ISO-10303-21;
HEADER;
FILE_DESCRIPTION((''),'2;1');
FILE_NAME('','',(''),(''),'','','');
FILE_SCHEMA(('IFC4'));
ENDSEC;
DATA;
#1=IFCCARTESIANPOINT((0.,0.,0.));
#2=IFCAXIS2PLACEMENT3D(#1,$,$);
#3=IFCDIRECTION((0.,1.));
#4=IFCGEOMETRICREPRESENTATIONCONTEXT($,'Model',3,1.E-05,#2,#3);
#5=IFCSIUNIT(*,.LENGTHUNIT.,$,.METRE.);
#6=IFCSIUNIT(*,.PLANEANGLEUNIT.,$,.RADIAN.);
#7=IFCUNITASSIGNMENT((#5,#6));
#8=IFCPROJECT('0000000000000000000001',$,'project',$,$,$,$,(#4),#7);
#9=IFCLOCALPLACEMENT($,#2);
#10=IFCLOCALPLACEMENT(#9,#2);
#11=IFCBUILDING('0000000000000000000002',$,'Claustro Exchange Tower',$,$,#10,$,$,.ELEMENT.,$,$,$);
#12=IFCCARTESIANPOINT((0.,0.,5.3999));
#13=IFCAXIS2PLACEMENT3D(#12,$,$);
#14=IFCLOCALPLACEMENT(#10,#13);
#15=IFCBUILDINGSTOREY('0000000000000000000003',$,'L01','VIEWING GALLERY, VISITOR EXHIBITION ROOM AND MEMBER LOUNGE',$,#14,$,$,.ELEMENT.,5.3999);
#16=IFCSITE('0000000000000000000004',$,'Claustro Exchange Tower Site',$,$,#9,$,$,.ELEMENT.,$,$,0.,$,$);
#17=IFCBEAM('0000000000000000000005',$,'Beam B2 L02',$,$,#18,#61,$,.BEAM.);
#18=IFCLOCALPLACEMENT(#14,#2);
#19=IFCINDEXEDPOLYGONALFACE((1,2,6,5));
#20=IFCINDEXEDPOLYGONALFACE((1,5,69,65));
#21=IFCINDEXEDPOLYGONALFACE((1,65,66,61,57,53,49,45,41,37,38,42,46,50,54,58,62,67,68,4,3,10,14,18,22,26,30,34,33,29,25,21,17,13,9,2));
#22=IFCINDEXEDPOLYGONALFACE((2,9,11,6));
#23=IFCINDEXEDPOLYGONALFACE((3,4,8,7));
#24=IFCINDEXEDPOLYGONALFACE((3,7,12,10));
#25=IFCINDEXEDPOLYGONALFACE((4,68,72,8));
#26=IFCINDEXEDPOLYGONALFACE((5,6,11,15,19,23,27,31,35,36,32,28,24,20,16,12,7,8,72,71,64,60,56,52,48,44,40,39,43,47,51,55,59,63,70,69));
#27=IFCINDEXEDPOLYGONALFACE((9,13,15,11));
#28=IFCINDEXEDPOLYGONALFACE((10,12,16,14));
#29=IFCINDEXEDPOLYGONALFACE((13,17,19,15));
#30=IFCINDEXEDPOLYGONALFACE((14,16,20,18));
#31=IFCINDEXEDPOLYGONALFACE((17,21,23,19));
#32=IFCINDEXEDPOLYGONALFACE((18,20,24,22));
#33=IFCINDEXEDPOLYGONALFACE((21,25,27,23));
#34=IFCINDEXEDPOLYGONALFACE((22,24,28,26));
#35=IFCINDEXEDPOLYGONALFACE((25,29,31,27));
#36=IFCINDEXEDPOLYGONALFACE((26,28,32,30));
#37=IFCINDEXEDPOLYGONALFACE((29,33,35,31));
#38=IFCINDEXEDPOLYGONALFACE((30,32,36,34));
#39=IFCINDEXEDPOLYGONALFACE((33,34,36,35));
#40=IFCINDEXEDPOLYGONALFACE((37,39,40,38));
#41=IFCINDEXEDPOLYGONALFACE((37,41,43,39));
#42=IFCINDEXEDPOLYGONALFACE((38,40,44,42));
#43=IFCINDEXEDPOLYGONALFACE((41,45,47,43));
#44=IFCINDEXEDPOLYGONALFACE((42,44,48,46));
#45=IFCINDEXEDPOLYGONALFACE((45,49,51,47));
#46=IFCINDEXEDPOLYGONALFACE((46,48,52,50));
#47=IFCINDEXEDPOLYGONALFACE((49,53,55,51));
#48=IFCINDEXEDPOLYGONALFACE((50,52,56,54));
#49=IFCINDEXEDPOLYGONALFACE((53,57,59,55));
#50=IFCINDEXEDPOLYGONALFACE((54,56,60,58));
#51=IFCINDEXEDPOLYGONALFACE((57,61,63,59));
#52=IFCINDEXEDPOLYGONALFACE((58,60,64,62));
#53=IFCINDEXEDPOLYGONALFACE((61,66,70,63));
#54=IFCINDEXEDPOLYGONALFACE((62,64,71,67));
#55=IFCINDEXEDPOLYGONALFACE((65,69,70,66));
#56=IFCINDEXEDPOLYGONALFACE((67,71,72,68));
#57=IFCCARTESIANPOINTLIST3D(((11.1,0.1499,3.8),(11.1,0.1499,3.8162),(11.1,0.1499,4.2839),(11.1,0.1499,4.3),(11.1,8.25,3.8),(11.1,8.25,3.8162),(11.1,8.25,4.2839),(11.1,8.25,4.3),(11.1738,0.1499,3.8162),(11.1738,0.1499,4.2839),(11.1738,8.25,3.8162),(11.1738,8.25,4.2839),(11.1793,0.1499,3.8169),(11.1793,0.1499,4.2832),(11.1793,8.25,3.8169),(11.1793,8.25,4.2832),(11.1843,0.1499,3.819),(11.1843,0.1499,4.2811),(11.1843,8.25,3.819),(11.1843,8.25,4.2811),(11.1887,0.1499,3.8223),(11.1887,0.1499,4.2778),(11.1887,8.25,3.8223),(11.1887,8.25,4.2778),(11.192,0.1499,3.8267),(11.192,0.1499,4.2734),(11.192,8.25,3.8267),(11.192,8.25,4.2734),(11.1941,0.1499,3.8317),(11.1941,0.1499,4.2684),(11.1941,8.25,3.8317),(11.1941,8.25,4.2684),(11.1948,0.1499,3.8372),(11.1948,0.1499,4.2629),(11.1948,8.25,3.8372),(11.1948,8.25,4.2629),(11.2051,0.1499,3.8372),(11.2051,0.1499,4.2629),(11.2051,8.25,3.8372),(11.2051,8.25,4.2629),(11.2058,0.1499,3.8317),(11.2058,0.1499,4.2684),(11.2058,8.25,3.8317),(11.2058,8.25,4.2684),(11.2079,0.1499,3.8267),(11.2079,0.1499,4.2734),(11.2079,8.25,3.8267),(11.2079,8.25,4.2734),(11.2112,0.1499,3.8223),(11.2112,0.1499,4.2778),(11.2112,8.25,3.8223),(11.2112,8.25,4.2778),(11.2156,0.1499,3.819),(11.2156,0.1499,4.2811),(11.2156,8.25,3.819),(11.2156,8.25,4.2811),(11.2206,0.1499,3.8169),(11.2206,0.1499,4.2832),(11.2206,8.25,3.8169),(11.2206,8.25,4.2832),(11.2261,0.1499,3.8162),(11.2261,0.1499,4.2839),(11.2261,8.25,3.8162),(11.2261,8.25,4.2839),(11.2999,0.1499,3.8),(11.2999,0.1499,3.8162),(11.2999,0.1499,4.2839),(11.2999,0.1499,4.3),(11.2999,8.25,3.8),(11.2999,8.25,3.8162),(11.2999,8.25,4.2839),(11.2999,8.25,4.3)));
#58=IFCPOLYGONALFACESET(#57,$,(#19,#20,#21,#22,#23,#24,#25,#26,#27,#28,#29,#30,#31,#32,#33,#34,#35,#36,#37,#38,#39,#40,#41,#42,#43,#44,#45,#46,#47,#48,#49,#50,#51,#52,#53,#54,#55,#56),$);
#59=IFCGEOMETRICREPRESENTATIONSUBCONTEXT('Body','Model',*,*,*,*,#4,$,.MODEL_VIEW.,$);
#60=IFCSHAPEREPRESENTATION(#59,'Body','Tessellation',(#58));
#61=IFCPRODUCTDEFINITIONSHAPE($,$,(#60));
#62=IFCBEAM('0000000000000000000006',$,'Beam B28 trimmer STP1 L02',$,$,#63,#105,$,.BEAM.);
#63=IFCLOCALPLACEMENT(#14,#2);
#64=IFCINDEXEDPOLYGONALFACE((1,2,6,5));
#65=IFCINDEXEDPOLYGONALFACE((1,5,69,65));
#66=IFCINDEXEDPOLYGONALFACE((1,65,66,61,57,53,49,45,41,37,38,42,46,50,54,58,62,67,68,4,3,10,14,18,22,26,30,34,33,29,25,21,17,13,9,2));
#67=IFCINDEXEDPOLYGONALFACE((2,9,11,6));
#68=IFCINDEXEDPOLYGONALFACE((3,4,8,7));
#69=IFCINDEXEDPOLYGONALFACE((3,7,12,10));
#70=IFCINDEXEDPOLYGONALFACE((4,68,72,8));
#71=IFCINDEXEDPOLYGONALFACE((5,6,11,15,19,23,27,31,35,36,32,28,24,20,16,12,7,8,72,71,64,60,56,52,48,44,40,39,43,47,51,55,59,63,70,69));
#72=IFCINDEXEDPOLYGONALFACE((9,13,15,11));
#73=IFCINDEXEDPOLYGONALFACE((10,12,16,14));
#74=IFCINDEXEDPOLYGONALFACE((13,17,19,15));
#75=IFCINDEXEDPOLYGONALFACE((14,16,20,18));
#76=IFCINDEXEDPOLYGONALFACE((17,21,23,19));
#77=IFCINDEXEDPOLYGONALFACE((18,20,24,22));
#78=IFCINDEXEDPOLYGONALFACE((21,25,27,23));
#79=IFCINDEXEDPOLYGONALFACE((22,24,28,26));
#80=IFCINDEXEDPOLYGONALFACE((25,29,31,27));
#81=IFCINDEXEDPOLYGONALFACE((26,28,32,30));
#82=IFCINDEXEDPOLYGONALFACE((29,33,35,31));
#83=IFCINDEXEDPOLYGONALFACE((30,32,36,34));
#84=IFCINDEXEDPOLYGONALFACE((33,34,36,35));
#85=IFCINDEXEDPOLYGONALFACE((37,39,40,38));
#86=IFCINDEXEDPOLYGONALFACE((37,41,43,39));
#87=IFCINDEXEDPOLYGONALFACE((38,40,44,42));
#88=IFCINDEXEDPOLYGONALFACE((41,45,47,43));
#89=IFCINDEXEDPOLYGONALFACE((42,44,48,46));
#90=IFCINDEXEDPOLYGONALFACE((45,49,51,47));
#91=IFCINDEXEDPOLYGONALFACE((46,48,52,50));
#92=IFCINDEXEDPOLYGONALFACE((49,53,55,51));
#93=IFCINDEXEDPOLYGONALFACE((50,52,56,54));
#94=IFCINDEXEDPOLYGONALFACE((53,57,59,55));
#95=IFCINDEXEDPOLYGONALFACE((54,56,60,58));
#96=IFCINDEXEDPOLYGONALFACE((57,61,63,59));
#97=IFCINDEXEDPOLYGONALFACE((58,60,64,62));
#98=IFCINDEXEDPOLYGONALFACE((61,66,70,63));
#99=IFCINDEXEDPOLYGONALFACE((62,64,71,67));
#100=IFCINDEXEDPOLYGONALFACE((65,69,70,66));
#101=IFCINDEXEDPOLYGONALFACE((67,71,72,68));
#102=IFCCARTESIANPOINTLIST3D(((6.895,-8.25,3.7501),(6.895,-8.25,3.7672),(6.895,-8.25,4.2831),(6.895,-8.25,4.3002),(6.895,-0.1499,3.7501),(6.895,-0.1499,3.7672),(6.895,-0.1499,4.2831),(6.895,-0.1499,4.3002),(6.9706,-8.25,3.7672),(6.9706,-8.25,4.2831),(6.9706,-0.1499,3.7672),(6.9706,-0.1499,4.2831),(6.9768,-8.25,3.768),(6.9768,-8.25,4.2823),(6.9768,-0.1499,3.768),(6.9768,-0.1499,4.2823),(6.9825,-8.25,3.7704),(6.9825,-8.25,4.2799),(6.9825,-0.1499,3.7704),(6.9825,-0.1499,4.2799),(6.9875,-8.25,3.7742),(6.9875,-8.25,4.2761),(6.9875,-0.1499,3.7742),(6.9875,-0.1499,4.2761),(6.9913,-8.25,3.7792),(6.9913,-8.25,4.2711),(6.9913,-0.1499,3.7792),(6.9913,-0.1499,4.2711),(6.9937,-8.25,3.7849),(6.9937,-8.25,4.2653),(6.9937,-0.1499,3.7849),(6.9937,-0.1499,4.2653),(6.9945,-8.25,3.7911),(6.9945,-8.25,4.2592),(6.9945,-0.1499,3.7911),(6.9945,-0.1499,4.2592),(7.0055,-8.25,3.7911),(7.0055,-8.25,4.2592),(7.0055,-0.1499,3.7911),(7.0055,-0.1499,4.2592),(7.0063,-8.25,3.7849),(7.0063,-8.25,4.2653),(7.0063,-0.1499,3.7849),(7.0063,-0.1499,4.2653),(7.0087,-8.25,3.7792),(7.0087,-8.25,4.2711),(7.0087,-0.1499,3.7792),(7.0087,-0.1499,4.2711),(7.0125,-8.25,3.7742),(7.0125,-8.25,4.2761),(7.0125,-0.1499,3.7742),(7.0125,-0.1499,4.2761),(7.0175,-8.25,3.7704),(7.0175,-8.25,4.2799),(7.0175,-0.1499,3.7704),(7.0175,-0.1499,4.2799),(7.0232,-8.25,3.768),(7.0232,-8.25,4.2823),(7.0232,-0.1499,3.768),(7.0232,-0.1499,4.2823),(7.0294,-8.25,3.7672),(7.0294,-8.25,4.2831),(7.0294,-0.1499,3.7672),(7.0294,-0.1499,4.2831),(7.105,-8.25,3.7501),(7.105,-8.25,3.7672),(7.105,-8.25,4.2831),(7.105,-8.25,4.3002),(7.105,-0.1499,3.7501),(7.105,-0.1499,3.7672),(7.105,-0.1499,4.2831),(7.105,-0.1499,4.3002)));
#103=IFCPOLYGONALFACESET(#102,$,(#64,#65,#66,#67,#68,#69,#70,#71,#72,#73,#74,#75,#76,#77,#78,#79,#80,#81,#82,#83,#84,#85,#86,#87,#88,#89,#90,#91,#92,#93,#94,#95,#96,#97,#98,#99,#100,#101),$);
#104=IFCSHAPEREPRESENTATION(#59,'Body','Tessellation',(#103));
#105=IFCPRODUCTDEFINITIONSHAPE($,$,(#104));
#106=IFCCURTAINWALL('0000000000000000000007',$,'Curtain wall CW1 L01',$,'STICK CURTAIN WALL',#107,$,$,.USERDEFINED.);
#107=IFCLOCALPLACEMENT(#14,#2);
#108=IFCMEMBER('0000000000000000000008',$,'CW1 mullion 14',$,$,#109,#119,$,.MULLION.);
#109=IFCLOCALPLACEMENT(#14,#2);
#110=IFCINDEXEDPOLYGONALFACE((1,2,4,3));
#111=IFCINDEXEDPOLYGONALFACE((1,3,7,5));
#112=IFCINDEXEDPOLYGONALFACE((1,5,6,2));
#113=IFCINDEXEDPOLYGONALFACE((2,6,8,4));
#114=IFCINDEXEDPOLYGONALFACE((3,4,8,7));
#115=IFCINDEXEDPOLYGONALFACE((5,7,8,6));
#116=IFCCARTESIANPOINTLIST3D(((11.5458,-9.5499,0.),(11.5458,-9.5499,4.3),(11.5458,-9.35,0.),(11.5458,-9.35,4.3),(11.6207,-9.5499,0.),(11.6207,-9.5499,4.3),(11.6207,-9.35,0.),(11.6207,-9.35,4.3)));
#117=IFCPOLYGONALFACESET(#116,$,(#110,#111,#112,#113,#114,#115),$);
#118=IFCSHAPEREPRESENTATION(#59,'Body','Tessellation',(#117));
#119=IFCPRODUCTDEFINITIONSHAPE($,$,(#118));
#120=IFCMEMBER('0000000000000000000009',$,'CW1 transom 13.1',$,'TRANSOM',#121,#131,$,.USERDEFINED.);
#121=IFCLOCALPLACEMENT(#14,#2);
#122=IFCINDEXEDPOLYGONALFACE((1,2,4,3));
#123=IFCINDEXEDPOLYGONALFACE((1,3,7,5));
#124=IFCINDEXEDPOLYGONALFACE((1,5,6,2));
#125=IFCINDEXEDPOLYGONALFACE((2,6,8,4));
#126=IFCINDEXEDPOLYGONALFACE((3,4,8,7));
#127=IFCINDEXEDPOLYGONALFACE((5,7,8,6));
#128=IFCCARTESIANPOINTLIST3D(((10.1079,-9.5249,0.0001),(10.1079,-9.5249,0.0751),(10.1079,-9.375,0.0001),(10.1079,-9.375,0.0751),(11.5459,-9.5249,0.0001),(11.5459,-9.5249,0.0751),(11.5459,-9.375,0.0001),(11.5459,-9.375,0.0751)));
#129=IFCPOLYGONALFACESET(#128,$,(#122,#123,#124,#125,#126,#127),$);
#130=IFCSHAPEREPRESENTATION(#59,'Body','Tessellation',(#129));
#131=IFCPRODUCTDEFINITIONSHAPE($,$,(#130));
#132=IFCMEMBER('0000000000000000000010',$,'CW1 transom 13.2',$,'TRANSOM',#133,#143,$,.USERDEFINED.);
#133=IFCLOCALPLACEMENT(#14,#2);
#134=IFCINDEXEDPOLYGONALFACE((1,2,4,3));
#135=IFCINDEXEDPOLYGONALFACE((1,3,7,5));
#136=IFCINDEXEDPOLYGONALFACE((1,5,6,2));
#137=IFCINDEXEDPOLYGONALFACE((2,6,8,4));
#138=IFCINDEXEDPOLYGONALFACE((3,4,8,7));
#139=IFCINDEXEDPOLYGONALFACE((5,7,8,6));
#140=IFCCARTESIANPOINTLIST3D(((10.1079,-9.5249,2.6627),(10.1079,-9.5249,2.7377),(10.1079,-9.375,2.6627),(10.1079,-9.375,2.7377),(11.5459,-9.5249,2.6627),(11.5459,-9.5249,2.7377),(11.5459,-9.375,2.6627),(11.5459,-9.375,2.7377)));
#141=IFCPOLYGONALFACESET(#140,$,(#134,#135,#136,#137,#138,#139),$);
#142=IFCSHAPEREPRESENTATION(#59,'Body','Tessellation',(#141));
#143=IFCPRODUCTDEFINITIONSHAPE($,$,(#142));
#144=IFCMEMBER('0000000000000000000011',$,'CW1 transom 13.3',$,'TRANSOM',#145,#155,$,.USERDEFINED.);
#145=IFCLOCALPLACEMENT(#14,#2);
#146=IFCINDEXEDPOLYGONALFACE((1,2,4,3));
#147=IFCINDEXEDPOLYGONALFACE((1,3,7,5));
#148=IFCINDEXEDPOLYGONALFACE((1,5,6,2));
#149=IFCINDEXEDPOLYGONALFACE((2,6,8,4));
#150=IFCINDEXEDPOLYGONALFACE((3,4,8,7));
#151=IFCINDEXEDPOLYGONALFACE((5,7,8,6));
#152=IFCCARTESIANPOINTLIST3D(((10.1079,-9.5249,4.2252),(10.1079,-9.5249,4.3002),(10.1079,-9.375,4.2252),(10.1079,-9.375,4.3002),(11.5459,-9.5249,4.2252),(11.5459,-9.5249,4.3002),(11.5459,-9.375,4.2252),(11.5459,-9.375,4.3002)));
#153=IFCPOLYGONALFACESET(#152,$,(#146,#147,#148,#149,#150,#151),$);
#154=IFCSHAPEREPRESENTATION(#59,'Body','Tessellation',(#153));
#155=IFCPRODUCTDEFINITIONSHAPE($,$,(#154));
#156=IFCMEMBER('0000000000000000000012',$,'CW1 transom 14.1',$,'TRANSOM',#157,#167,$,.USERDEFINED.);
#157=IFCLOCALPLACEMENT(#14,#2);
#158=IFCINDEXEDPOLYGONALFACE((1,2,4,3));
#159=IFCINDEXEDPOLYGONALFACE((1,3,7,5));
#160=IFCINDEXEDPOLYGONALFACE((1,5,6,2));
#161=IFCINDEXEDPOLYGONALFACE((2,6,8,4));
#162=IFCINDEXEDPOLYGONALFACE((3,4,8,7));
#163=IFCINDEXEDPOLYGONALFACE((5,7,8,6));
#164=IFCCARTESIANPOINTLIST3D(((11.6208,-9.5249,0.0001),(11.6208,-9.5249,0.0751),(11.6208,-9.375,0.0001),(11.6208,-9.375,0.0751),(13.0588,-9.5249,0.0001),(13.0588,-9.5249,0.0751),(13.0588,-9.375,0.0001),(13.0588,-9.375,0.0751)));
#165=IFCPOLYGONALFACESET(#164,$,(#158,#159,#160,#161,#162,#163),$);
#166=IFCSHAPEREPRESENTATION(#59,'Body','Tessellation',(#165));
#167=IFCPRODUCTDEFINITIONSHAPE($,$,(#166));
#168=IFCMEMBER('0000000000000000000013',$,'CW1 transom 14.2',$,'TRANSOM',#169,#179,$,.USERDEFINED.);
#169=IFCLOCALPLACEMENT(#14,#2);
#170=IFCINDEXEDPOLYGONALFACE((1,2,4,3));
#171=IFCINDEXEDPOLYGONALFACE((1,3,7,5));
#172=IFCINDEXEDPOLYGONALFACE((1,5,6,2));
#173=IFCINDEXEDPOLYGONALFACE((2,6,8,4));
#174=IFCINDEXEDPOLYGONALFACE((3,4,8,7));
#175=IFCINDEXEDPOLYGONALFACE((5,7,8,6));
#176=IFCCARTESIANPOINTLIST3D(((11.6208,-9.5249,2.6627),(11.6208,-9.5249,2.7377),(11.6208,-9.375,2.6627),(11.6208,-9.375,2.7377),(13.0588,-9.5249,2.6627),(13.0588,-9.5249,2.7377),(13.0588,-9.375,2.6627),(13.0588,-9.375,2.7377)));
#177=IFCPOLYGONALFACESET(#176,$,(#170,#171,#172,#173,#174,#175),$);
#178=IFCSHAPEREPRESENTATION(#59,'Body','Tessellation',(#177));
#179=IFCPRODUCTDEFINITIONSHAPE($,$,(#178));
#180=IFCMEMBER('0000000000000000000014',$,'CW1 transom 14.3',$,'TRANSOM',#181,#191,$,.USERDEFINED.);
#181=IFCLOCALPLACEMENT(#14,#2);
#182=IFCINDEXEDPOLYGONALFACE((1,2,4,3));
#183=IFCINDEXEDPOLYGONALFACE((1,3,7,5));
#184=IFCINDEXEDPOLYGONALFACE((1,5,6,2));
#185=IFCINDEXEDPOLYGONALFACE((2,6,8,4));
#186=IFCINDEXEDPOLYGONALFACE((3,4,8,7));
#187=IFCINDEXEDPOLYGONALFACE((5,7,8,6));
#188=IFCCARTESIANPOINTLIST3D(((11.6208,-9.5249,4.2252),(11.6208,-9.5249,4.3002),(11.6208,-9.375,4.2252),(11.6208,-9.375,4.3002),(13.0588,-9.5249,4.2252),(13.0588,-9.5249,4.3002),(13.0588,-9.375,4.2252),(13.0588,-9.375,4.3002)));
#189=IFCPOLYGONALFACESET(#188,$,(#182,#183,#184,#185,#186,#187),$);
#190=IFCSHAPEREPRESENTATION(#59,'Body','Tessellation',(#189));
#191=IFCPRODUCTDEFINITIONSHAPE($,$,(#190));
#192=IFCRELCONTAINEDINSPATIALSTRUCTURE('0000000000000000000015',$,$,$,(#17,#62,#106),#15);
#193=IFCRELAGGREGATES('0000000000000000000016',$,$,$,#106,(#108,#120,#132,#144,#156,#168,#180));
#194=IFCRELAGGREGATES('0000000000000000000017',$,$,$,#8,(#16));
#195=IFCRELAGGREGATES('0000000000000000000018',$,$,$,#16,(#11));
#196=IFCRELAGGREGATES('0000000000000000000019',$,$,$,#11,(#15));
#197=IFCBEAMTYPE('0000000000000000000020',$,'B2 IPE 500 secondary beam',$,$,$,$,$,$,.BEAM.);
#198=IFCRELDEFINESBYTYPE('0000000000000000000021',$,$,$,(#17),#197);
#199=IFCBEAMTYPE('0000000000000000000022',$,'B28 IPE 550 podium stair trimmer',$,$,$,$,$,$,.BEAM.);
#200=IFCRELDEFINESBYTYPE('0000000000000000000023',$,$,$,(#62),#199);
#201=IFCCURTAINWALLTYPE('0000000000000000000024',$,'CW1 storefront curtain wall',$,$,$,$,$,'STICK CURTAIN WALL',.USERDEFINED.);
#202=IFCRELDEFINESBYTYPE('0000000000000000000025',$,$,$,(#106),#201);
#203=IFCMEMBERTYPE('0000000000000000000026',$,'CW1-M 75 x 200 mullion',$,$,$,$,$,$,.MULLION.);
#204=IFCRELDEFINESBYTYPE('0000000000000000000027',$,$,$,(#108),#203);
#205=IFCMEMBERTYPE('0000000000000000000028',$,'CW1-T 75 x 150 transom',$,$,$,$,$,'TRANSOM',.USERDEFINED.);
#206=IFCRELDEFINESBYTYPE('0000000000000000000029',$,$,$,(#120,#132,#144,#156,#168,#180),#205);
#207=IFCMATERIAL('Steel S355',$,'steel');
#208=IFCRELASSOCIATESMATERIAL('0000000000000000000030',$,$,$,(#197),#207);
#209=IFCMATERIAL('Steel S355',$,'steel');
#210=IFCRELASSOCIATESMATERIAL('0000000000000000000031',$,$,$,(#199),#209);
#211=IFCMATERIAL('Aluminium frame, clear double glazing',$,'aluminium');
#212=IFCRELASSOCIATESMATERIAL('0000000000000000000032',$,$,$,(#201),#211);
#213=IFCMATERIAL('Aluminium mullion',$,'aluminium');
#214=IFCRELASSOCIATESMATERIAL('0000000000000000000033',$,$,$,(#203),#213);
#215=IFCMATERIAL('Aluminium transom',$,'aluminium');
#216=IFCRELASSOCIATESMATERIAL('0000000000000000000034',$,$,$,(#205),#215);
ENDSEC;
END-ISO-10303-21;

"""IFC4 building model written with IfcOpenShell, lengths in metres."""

from ifc_helpers import new_model, si_unit, direction, frame, origin, origin_2d, place, context, subcontext, project, spatial, rectangle, i_section, extrude, material, material_profile, profile_set, type_object, element, aggregate, save


model = new_model("IFC4")

# Units and contexts
model_context = context("Model", 3, precision=1e-05, world=origin(), true_north=direction((0.0, 1.0)))
body_context = subcontext(model_context, "Body", "Model", "MODEL_VIEW")
ifc_project = project(units=[si_unit("LENGTHUNIT", "METRE"), si_unit("PLANEANGLEUNIT", "RADIAN")], contexts=[model_context])

# Site, building, storey
site_placement = place(None, origin())
site = spatial("IfcSite", under=ifc_project, at=site_placement, Name="Claustro Exchange Tower Site", CompositionType="ELEMENT", RefElevation=0.0)
building_placement = place(site_placement, origin())
building = spatial("IfcBuilding", under=site, at=building_placement, Name="Claustro Exchange Tower", CompositionType="ELEMENT")
storey_placement = place(building_placement, frame((0.0, 0.0, 5.3999)))
storey = spatial("IfcBuildingStorey", under=building, at=storey_placement, Name="L01", Description="VIEWING GALLERY, VISITOR EXHIBITION ROOM AND MEMBER LOUNGE", CompositionType="ELEMENT", Elevation=5.3999)

# Beams
ifc_material_1 = material(Name="Steel S355", Category="steel")
ifc_material_profile_1 = material_profile(ifc_material_1, i_section(OverallWidth=0.2, OverallDepth=0.5, WebThickness=0.0103, FlangeThickness=0.0161, FilletRadius=0.021, at=origin_2d()), Name="IPE 500")
ifc_profile_set_1 = profile_set([ifc_material_profile_1], Name="Steel S355")
beam_type_1 = type_object("IfcBeamType", Name="B2 IPE 500 secondary beam", PredefinedType="BEAM", material=ifc_profile_set_1)
for number, where, z_axis, x_axis, name in (
    (1, (11.2, 0.1499, 4.05), (0.0, 1.0, 0.0), (-1.0, 0.0, 0.0), "Beam B2 L02"),
):
    element("IfcBeam", number, at=place(storey_placement, frame(where, z_axis=z_axis, x_axis=x_axis)), inside=storey, type_object=beam_type_1, Name=name, PredefinedType="BEAM", context=body_context, shape_type="SweptSolid", body=[
        extrude(i_section(OverallWidth=0.2, OverallDepth=0.5, WebThickness=0.0103, FlangeThickness=0.0161, FilletRadius=0.021, at=origin_2d()), origin(), (0.0, 0.0, 1.0), 8.1001),
    ])
ifc_material_2 = material(Name="Steel S355", Category="steel")
ifc_material_profile_2 = material_profile(ifc_material_2, i_section(OverallWidth=0.21, OverallDepth=0.55, WebThickness=0.011, FlangeThickness=0.0171, FilletRadius=0.0239, at=origin_2d()), Name="IPE 550")
ifc_profile_set_2 = profile_set([ifc_material_profile_2], Name="Steel S355")
beam_type_2 = type_object("IfcBeamType", Name="B28 IPE 550 podium stair trimmer", PredefinedType="BEAM", material=ifc_profile_set_2)
beam_placement = place(storey_placement, frame((7.0, -8.25, 4.0251), z_axis=(0.0, 1.0, 0.0), x_axis=(-1.0, 0.0, 0.0)))
element("IfcBeam", 2, at=beam_placement, inside=storey, type_object=beam_type_2, Name="Beam B28 trimmer STP1 L02", PredefinedType="BEAM", context=body_context, shape_type="SweptSolid", body=[
    extrude(i_section(OverallWidth=0.21, OverallDepth=0.55, WebThickness=0.011, FlangeThickness=0.0171, FilletRadius=0.0239, at=origin_2d()), origin(), (0.0, 0.0, 1.0), 8.1001),
])

# Curtain wall, members
ifc_material_3 = material(Name="Aluminium frame, clear double glazing", Category="aluminium")
curtain_wall_type = type_object("IfcCurtainWallType", Name="CW1 storefront curtain wall", ElementType="STICK CURTAIN WALL", PredefinedType="USERDEFINED", material=ifc_material_3)
curtain_wall_placement = place(storey_placement, origin())
curtain_wall = element("IfcCurtainWall", 3, at=curtain_wall_placement, inside=storey, type_object=curtain_wall_type, Name="Curtain wall CW1 L01", ObjectType="STICK CURTAIN WALL", PredefinedType="USERDEFINED")
ifc_material_4 = material(Name="Aluminium mullion", Category="aluminium")
ifc_material_profile_3 = material_profile(ifc_material_4, rectangle(XDim=0.2, YDim=0.075, at=origin_2d()), Name="CW1-M 75x200")
ifc_profile_set_3 = profile_set([ifc_material_profile_3], Name="Aluminium mullion")
member_type_1 = type_object("IfcMemberType", Name="CW1-M 75 x 200 mullion", PredefinedType="MULLION", material=ifc_profile_set_3)
member_1_placement = place(storey_placement, frame((11.5833, -9.45, 0.0), z_axis=(0.0, 0.0, 1.0), x_axis=(0.0, 1.0, 0.0)))
member_1 = element("IfcMember", 4, at=member_1_placement, type_object=member_type_1, Name="CW1 mullion 14", PredefinedType="MULLION", context=body_context, shape_type="SweptSolid", body=[
    extrude(rectangle(XDim=0.2, YDim=0.075, at=origin_2d()), origin(), (0.0, 0.0, 1.0), 4.3),
])
ifc_material_5 = material(Name="Aluminium transom", Category="aluminium")
ifc_material_profile_4 = material_profile(ifc_material_5, rectangle(XDim=0.1499, YDim=0.075, at=origin_2d()), Name="CW1-T 75x150")
ifc_profile_set_4 = profile_set([ifc_material_profile_4], Name="Aluminium transom")
member_type_2 = type_object("IfcMemberType", Name="CW1-T 75 x 150 transom", ElementType="TRANSOM", PredefinedType="USERDEFINED", material=ifc_profile_set_4)
member_2_placement = place(storey_placement, frame((10.1079, -9.45, 0.0376), z_axis=(1.0, 0.0, 0.0), x_axis=(0.0, 1.0, 0.0)))
member_2 = element("IfcMember", 5, at=member_2_placement, type_object=member_type_2, Name="CW1 transom 13.1", ObjectType="TRANSOM", PredefinedType="USERDEFINED", context=body_context, shape_type="SweptSolid", body=[
    extrude(rectangle(XDim=0.1499, YDim=0.075, at=origin_2d()), origin(), (0.0, 0.0, 1.0), 1.438),
])
member_3_placement = place(storey_placement, frame((10.1079, -9.45, 2.7002), z_axis=(1.0, 0.0, 0.0), x_axis=(0.0, 1.0, 0.0)))
member_3 = element("IfcMember", 6, at=member_3_placement, type_object=member_type_2, Name="CW1 transom 13.2", ObjectType="TRANSOM", PredefinedType="USERDEFINED", context=body_context, shape_type="SweptSolid", body=[
    extrude(rectangle(XDim=0.1499, YDim=0.075, at=origin_2d()), origin(), (0.0, 0.0, 1.0), 1.438),
])
member_4_placement = place(storey_placement, frame((10.1079, -9.45, 4.2627), z_axis=(1.0, 0.0, 0.0), x_axis=(0.0, 1.0, 0.0)))
member_4 = element("IfcMember", 7, at=member_4_placement, type_object=member_type_2, Name="CW1 transom 13.3", ObjectType="TRANSOM", PredefinedType="USERDEFINED", context=body_context, shape_type="SweptSolid", body=[
    extrude(rectangle(XDim=0.1499, YDim=0.075, at=origin_2d()), origin(), (0.0, 0.0, 1.0), 1.438),
])
member_5_placement = place(storey_placement, frame((11.6208, -9.45, 0.0376), z_axis=(1.0, 0.0, 0.0), x_axis=(0.0, 1.0, 0.0)))
member_5 = element("IfcMember", 8, at=member_5_placement, type_object=member_type_2, Name="CW1 transom 14.1", ObjectType="TRANSOM", PredefinedType="USERDEFINED", context=body_context, shape_type="SweptSolid", body=[
    extrude(rectangle(XDim=0.1499, YDim=0.075, at=origin_2d()), origin(), (0.0, 0.0, 1.0), 1.438),
])
member_6_placement = place(storey_placement, frame((11.6208, -9.45, 2.7002), z_axis=(1.0, 0.0, 0.0), x_axis=(0.0, 1.0, 0.0)))
member_6 = element("IfcMember", 9, at=member_6_placement, type_object=member_type_2, Name="CW1 transom 14.2", ObjectType="TRANSOM", PredefinedType="USERDEFINED", context=body_context, shape_type="SweptSolid", body=[
    extrude(rectangle(XDim=0.1499, YDim=0.075, at=origin_2d()), origin(), (0.0, 0.0, 1.0), 1.438),
])
member_7_placement = place(storey_placement, frame((11.6208, -9.45, 4.2627), z_axis=(1.0, 0.0, 0.0), x_axis=(0.0, 1.0, 0.0)))
member_7 = element("IfcMember", 10, at=member_7_placement, type_object=member_type_2, Name="CW1 transom 14.3", ObjectType="TRANSOM", PredefinedType="USERDEFINED", context=body_context, shape_type="SweptSolid", body=[
    extrude(rectangle(XDim=0.1499, YDim=0.075, at=origin_2d()), origin(), (0.0, 0.0, 1.0), 1.438),
])
aggregate(curtain_wall, [member_1, member_2, member_3, member_4, member_5, member_6, member_7])

save(model, "model.ifc")
